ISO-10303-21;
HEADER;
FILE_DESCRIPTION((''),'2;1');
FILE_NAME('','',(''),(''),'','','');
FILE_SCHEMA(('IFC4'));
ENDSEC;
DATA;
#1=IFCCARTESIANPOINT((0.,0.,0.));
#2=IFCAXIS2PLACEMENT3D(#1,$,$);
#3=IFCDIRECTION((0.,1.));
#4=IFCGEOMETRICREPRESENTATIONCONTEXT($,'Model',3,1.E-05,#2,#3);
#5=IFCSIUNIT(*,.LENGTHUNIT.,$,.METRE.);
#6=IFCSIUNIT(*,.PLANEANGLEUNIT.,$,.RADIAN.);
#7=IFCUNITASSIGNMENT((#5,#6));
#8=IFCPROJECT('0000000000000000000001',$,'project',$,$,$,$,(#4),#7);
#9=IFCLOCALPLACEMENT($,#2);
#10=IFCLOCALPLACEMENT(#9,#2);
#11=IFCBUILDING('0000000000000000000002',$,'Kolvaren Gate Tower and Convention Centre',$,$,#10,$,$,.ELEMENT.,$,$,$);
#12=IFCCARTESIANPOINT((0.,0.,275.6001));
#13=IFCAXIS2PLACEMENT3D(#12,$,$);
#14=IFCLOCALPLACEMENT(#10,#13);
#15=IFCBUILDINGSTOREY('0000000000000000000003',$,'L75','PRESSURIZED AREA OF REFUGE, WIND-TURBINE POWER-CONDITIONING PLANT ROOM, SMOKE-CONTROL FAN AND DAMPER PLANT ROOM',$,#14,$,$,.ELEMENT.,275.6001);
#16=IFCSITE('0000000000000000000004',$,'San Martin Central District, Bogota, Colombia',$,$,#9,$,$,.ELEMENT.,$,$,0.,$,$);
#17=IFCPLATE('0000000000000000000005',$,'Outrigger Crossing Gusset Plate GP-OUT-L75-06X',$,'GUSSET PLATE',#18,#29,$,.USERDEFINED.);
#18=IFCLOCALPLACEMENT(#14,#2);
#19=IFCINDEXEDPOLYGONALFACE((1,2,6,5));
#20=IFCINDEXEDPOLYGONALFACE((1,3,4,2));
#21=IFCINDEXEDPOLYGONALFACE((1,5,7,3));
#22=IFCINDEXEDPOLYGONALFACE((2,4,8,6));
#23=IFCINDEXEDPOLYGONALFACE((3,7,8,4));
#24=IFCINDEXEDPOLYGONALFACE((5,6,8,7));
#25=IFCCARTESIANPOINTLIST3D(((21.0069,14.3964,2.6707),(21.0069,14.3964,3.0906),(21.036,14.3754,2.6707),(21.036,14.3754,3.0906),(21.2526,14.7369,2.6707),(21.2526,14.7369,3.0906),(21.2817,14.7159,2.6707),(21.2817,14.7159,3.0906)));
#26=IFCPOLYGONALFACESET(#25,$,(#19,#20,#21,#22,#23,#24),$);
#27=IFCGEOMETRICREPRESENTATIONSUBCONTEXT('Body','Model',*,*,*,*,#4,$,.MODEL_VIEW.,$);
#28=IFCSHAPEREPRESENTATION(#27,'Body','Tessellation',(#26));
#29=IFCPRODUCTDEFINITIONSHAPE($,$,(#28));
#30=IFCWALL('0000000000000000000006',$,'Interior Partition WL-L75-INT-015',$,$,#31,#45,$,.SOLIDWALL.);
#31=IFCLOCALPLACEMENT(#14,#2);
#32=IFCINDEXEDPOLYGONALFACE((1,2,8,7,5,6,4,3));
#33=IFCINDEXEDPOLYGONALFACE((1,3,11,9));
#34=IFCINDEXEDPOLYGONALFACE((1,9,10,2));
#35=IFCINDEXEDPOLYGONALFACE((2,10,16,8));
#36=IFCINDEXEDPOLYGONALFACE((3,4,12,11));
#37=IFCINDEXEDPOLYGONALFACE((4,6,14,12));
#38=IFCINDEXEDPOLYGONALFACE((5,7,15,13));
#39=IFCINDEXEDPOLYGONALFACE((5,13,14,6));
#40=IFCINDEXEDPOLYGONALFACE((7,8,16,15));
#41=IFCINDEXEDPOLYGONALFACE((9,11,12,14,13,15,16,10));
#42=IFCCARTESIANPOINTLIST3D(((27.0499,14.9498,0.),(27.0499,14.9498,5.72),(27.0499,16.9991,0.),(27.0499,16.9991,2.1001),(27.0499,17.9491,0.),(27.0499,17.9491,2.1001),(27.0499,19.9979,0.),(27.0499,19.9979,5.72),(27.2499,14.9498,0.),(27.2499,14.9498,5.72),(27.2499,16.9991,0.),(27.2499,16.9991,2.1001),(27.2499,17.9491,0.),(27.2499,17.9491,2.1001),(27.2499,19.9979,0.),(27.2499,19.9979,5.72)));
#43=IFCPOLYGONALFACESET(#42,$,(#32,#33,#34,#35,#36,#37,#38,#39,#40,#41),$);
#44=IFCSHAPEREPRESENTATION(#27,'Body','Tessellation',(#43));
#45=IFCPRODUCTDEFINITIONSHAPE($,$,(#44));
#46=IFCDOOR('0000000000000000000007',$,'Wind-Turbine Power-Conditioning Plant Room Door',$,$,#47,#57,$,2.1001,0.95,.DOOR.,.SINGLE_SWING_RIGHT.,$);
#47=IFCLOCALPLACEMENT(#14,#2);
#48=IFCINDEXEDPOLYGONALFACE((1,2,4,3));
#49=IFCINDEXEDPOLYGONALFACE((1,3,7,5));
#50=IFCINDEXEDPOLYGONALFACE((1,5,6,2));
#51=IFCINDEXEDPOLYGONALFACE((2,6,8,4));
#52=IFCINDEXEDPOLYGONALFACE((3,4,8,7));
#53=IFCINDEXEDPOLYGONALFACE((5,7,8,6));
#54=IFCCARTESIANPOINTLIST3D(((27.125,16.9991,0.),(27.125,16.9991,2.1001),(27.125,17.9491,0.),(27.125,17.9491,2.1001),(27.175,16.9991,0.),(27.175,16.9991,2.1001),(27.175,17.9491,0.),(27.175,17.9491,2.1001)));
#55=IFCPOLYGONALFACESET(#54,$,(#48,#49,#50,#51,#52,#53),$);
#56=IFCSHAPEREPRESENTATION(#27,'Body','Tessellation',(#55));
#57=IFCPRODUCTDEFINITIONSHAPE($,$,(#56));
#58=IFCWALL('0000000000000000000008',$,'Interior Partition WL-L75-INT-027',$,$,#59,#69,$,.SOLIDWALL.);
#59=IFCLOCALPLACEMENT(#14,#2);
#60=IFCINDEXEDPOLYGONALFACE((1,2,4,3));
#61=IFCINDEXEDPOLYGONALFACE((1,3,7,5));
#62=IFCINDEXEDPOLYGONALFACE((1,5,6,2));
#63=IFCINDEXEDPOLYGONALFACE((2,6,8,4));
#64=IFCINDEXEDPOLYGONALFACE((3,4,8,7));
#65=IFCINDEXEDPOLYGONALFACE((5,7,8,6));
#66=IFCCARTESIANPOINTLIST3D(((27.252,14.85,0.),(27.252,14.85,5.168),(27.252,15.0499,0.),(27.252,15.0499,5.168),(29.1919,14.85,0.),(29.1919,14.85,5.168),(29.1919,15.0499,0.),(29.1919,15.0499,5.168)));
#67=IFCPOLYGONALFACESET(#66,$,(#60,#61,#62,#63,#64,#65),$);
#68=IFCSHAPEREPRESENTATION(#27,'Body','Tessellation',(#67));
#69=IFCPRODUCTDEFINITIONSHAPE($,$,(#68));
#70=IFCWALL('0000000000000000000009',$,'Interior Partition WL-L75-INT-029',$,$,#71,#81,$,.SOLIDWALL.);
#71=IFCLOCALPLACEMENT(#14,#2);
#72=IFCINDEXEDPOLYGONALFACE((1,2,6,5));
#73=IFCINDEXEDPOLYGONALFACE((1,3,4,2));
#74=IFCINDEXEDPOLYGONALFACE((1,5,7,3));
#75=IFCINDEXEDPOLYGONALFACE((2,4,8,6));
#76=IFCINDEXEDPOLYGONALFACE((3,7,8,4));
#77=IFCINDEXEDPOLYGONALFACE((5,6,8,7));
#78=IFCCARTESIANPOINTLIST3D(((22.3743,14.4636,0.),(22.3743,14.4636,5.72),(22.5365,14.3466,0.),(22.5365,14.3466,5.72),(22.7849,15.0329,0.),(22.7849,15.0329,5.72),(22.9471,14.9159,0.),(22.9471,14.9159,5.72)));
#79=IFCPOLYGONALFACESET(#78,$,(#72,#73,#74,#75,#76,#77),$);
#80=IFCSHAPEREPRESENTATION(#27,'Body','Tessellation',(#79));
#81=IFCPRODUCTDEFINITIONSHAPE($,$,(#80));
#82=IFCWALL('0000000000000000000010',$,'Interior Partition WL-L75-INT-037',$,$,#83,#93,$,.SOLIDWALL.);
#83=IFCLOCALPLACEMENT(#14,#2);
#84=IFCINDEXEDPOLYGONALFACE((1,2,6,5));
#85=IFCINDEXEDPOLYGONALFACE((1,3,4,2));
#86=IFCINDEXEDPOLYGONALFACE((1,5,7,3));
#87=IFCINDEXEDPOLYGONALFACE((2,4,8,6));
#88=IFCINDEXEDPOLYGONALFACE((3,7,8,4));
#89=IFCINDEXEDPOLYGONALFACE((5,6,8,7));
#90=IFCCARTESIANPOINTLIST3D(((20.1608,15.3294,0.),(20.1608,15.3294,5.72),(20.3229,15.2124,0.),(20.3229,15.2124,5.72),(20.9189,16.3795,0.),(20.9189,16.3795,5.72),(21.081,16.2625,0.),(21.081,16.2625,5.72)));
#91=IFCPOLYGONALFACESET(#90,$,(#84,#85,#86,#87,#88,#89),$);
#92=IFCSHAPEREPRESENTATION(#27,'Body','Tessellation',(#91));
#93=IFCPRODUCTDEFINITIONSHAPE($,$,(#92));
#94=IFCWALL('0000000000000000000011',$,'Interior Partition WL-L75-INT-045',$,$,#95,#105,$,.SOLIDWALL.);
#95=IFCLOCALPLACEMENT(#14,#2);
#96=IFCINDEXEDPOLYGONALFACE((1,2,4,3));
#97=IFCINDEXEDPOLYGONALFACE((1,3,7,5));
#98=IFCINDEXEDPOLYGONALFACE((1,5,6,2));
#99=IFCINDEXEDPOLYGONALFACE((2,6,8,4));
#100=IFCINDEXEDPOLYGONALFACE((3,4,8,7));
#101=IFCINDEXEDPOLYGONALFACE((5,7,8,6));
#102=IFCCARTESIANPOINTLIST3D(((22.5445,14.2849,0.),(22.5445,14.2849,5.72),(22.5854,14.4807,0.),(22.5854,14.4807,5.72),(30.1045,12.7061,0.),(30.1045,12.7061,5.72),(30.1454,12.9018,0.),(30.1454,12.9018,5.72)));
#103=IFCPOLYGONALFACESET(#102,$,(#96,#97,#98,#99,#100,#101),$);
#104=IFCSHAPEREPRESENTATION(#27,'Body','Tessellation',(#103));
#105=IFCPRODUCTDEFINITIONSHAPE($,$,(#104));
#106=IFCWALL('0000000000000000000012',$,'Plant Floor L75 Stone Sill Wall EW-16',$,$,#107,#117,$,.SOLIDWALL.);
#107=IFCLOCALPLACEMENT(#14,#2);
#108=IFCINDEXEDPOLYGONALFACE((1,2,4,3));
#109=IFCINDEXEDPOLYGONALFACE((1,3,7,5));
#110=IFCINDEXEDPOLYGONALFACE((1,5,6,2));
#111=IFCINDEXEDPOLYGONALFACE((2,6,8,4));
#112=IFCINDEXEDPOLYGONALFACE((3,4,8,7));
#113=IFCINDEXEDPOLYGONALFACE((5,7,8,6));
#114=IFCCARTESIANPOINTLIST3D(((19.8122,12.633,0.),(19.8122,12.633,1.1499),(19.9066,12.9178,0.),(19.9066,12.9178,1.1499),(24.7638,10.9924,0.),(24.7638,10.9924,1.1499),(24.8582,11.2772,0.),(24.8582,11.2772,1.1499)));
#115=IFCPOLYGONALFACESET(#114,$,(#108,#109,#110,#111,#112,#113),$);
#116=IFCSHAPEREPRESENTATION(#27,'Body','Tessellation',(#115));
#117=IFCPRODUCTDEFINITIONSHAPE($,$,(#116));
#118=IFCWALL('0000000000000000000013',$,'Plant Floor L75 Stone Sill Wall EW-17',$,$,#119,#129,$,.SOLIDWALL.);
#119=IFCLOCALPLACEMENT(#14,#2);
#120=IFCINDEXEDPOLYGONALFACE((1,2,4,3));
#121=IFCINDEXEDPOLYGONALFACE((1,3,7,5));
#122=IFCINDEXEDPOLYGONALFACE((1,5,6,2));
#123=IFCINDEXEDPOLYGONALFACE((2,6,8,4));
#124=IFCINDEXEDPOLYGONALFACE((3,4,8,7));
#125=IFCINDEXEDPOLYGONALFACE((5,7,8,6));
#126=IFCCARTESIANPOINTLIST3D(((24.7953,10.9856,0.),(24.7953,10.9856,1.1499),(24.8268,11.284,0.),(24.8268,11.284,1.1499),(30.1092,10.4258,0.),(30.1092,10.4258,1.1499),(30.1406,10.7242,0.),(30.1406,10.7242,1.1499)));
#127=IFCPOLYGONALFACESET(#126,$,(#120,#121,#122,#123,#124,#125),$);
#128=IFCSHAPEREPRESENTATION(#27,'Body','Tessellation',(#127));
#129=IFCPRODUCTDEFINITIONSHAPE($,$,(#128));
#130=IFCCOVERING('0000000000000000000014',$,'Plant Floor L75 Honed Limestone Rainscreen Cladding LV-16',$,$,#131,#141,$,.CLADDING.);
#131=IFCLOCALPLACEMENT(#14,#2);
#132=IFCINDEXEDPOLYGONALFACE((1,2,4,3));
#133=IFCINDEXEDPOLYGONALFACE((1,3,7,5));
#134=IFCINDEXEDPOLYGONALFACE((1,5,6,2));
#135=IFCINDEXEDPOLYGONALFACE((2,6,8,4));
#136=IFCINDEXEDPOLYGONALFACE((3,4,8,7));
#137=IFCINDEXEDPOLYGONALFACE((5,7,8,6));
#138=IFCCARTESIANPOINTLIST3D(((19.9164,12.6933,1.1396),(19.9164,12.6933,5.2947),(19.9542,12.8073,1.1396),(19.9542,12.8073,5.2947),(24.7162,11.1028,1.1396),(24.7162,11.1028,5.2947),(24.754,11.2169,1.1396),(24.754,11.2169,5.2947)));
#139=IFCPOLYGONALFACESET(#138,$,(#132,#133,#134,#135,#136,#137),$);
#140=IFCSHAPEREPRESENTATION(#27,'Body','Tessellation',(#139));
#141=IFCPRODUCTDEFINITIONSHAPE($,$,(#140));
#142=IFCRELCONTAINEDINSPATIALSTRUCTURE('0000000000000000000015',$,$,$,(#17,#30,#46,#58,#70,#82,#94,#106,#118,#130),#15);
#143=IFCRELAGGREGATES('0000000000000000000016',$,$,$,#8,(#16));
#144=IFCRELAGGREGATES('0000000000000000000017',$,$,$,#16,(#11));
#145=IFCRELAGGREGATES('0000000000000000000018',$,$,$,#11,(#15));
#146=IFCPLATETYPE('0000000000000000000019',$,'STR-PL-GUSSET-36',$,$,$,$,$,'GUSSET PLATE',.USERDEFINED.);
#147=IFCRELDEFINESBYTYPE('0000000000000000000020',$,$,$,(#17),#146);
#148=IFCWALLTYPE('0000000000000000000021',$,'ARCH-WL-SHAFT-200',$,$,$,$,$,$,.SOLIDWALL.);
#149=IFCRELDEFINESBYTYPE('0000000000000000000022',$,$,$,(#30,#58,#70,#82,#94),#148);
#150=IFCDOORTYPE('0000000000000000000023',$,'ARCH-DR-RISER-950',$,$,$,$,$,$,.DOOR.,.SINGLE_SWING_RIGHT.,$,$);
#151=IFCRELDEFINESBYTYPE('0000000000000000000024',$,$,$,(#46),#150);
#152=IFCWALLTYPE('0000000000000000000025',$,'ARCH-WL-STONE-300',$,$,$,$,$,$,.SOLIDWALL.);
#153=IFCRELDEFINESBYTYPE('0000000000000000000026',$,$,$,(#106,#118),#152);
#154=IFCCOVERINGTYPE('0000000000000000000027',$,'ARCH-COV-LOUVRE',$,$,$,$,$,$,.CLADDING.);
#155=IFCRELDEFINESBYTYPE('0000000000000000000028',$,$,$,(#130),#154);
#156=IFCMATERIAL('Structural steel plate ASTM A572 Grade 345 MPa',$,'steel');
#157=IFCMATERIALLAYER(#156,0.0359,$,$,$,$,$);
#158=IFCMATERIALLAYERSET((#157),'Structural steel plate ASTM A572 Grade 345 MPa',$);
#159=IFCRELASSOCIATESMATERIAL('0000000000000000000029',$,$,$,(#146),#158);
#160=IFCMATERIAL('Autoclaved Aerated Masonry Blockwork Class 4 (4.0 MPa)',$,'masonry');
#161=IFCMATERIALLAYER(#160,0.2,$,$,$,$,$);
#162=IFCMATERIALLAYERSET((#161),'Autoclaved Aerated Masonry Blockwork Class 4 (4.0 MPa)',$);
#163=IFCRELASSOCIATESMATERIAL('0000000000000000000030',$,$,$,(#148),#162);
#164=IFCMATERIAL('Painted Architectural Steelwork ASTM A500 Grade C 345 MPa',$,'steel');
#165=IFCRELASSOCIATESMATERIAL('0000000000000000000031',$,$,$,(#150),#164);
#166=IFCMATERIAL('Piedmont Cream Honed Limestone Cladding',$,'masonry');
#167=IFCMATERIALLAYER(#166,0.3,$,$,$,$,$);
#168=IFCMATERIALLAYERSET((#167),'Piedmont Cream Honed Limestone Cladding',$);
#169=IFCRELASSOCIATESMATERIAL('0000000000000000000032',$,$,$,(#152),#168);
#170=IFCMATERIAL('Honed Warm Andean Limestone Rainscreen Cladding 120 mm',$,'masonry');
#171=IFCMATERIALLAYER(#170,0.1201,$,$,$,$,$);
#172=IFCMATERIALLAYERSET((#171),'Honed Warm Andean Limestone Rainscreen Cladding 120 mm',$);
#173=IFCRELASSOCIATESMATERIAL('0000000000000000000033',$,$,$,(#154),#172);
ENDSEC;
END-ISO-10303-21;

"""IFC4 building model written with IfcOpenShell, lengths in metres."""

from ifc_helpers import new_model, si_unit, direction, frame, frame_2d, origin, origin_2d, place, context, subcontext, project, spatial, rectangle, extrude, material, layer, layer_set, type_object, element, fill, save


model = new_model("IFC4")

# Units and contexts
model_context = context("Model", 3, precision=1e-05, world=origin(), true_north=direction((0.0, 1.0)))
body_context = subcontext(model_context, "Body", "Model", "MODEL_VIEW")
ifc_project = project(units=[si_unit("LENGTHUNIT", "METRE"), si_unit("PLANEANGLEUNIT", "RADIAN")], contexts=[model_context])

# Site, building, storey
site_placement = place(None, origin())
site = spatial("IfcSite", under=ifc_project, at=site_placement, Name="San Martin Central District, Bogota, Colombia", CompositionType="ELEMENT", RefElevation=0.0)
building_placement = place(site_placement, origin())
building = spatial("IfcBuilding", under=site, at=building_placement, Name="Kolvaren Gate Tower and Convention Centre", CompositionType="ELEMENT")
storey_placement = place(building_placement, frame((0.0, 0.0, 275.6001)))
storey = spatial("IfcBuildingStorey", under=building, at=storey_placement, Name="L75", Description="PRESSURIZED AREA OF REFUGE, WIND-TURBINE POWER-CONDITIONING PLANT ROOM, SMOKE-CONTROL FAN AND DAMPER PLANT ROOM", CompositionType="ELEMENT", Elevation=275.6001)

# Plate
ifc_material_1 = material(Name="Structural steel plate ASTM A572 Grade 345 MPa", Category="steel")
ifc_layer_1 = layer(ifc_material_1, 0.0359)
ifc_layer_set_1 = layer_set([ifc_layer_1], Name="Structural steel plate ASTM A572 Grade 345 MPa")
plate_type_1 = type_object("IfcPlateType", Name="STR-PL-GUSSET-36", ElementType="GUSSET PLATE", PredefinedType="USERDEFINED", material=ifc_layer_set_1)
plate_1_placement = place(storey_placement, frame((21.1443, 14.5562, 2.6707), z_axis=(0.0, 0.0, 1.0), x_axis=(-0.585205, -0.810885, 0.0)))
element("IfcPlate", 1, at=plate_1_placement, inside=storey, type_object=plate_type_1, Name="Outrigger Crossing Gusset Plate GP-OUT-L75-06X", ObjectType="GUSSET PLATE", PredefinedType="USERDEFINED", context=body_context, shape_type="SweptSolid", body=[
    extrude(rectangle(XDim=0.4199, YDim=0.0359, at=origin_2d()), origin(), (0.0, 0.0, 1.0), 0.4199),
])

# Wall, opening, door
ifc_material_2 = material(Name="Autoclaved Aerated Masonry Blockwork Class 4 (4.0 MPa)", Category="masonry")
ifc_layer_2 = layer(ifc_material_2, 0.2)
ifc_layer_set_2 = layer_set([ifc_layer_2], Name="Autoclaved Aerated Masonry Blockwork Class 4 (4.0 MPa)")
wall_type_1 = type_object("IfcWallType", Name="ARCH-WL-SHAFT-200", PredefinedType="SOLIDWALL", material=ifc_layer_set_2)
wall_1_placement = place(storey_placement, frame((27.1499, 14.95, 0.0), z_axis=(0.0, 0.0, 1.0), x_axis=(0.0, 1.0, 0.0)))
wall_1 = element("IfcWall", 2, at=wall_1_placement, inside=storey, type_object=wall_type_1, Name="Interior Partition WL-L75-INT-015", PredefinedType="SOLIDWALL", context=body_context, shape_type="SweptSolid", body=[
    extrude(rectangle(XDim=5.0481, YDim=0.2, at=frame_2d((2.5239, 0.0))), origin(), (0.0, 0.0, 1.0), 5.72),
])
opening_placement = place(wall_1_placement, frame((2.0491, 0.0, 0.0)))
opening = element("IfcOpeningElement", 3, at=opening_placement, cuts=wall_1, PredefinedType="OPENING", context=body_context, shape_type="SweptSolid", body=[
    extrude(rectangle(XDim=0.95, YDim=2.1001, at=frame_2d((0.4751, 1.05))), frame((0.0, 0.1099, 0.0), z_axis=(0.0, -1.0, 0.0), x_axis=(1.0, 0.0, 0.0)), (0.0, 0.0, 1.0), 0.22),
])
ifc_material_3 = material(Name="Painted Architectural Steelwork ASTM A500 Grade C 345 MPa", Category="steel")
door_type = type_object("IfcDoorType", Name="ARCH-DR-RISER-950", OperationType="SINGLE_SWING_RIGHT", PredefinedType="DOOR", material=ifc_material_3)
door_placement = place(opening_placement, origin())
door = element("IfcDoor", 4, at=door_placement, inside=storey, type_object=door_type, Name="Wind-Turbine Power-Conditioning Plant Room Door", OperationType="SINGLE_SWING_RIGHT", OverallHeight=2.1001, OverallWidth=0.95, PredefinedType="DOOR", context=body_context, shape_type="SweptSolid", body=[
    extrude(rectangle(XDim=0.95, YDim=2.1001, at=frame_2d((0.4751, 1.05))), frame((0.0, 0.0249, 0.0), z_axis=(0.0, -1.0, 0.0), x_axis=(1.0, 0.0, 0.0)), (0.0, 0.0, 1.0), 0.05),
])
fill(opening, door)

# Walls
wall_2_placement = place(storey_placement, frame((27.252, 14.95, 0.0), z_axis=(0.0, 0.0, 1.0), x_axis=(1.0, 0.0, 0.0)))
element("IfcWall", 5, at=wall_2_placement, inside=storey, type_object=wall_type_1, Name="Interior Partition WL-L75-INT-027", PredefinedType="SOLIDWALL", context=body_context, shape_type="SweptSolid", body=[
    extrude(rectangle(XDim=1.9399, YDim=0.2, at=frame_2d((0.97, 0.0))), origin(), (0.0, 0.0, 1.0), 5.168),
])
wall_3_placement = place(storey_placement, frame((22.4553, 14.405, 0.0), z_axis=(0.0, 0.0, 1.0), x_axis=(0.584983, 0.811046, 0.0)))
element("IfcWall", 6, at=wall_3_placement, inside=storey, type_object=wall_type_1, Name="Interior Partition WL-L75-INT-029", PredefinedType="SOLIDWALL", context=body_context, shape_type="SweptSolid", body=[
    extrude(rectangle(XDim=0.7019, YDim=0.2, at=frame_2d((0.3511, 0.0))), origin(), (0.0, 0.0, 1.0), 5.72),
])
wall_4_placement = place(storey_placement, frame((20.2419, 15.271, 0.0), z_axis=(0.0, 0.0, 1.0), x_axis=(0.585332, 0.810794, 0.0)))
element("IfcWall", 7, at=wall_4_placement, inside=storey, type_object=wall_type_1, Name="Interior Partition WL-L75-INT-037", PredefinedType="SOLIDWALL", context=body_context, shape_type="SweptSolid", body=[
    extrude(rectangle(XDim=1.2952, YDim=0.2, at=frame_2d((0.6475, 0.0))), origin(), (0.0, 0.0, 1.0), 5.72),
])
wall_5_placement = place(storey_placement, frame((22.5649, 14.3828, 0.0), z_axis=(0.0, 0.0, 1.0), x_axis=(0.978881, -0.204431, 0.0)))
element("IfcWall", 8, at=wall_5_placement, inside=storey, type_object=wall_type_1, Name="Interior Partition WL-L75-INT-045", PredefinedType="SOLIDWALL", context=body_context, shape_type="SweptSolid", body=[
    extrude(rectangle(XDim=7.7231, YDim=0.2, at=frame_2d((3.8616, 0.0))), origin(), (0.0, 0.0, 1.0), 5.72),
])
ifc_material_4 = material(Name="Piedmont Cream Honed Limestone Cladding", Category="masonry")
ifc_layer_3 = layer(ifc_material_4, 0.3)
ifc_layer_set_3 = layer_set([ifc_layer_3], Name="Piedmont Cream Honed Limestone Cladding")
wall_type_2 = type_object("IfcWallType", Name="ARCH-WL-STONE-300", PredefinedType="SOLIDWALL", material=ifc_layer_set_3)
wall_6_placement = place(storey_placement, frame((19.8594, 12.7754, 0.0), z_axis=(0.0, 0.0, 1.0), x_axis=(0.949253, -0.314514, 0.0)))
element("IfcWall", 9, at=wall_6_placement, inside=storey, type_object=wall_type_2, Name="Plant Floor L75 Stone Sill Wall EW-16", PredefinedType="SOLIDWALL", context=body_context, shape_type="SweptSolid", body=[
    extrude(rectangle(XDim=5.2163, YDim=0.3, at=frame_2d((2.6082, 0.0))), origin(), (0.0, 0.0, 1.0), 1.1499),
])
wall_7_placement = place(storey_placement, frame((24.811, 11.1348, 0.0), z_axis=(0.0, 0.0, 1.0), x_axis=(0.994497, -0.104768, 0.0)))
element("IfcWall", 10, at=wall_7_placement, inside=storey, type_object=wall_type_2, Name="Plant Floor L75 Stone Sill Wall EW-17", PredefinedType="SOLIDWALL", context=body_context, shape_type="SweptSolid", body=[
    extrude(rectangle(XDim=5.3433, YDim=0.3, at=frame_2d((2.6716, 0.0))), origin(), (0.0, 0.0, 1.0), 1.1499),
])

# Covering
ifc_material_5 = material(Name="Honed Warm Andean Limestone Rainscreen Cladding 120 mm", Category="masonry")
ifc_layer_4 = layer(ifc_material_5, 0.1201)
ifc_layer_set_4 = layer_set([ifc_layer_4], Name="Honed Warm Andean Limestone Rainscreen Cladding 120 mm")
covering_type = type_object("IfcCoveringType", Name="ARCH-COV-LOUVRE", PredefinedType="CLADDING", material=ifc_layer_set_4)
covering_placement = place(storey_placement, frame((22.3352, 11.9551, 1.1396), z_axis=(0.0, 0.0, 1.0), x_axis=(0.949243, -0.314543, 0.0)))
element("IfcCovering", 11, at=covering_placement, inside=storey, type_object=covering_type, Name="Plant Floor L75 Honed Limestone Rainscreen Cladding LV-16", PredefinedType="CLADDING", context=body_context, shape_type="SweptSolid", body=[
    extrude(rectangle(XDim=5.0564, YDim=0.1201, at=origin_2d()), origin(), (0.0, 0.0, 1.0), 4.155),
])

save(model, "model.ifc")
